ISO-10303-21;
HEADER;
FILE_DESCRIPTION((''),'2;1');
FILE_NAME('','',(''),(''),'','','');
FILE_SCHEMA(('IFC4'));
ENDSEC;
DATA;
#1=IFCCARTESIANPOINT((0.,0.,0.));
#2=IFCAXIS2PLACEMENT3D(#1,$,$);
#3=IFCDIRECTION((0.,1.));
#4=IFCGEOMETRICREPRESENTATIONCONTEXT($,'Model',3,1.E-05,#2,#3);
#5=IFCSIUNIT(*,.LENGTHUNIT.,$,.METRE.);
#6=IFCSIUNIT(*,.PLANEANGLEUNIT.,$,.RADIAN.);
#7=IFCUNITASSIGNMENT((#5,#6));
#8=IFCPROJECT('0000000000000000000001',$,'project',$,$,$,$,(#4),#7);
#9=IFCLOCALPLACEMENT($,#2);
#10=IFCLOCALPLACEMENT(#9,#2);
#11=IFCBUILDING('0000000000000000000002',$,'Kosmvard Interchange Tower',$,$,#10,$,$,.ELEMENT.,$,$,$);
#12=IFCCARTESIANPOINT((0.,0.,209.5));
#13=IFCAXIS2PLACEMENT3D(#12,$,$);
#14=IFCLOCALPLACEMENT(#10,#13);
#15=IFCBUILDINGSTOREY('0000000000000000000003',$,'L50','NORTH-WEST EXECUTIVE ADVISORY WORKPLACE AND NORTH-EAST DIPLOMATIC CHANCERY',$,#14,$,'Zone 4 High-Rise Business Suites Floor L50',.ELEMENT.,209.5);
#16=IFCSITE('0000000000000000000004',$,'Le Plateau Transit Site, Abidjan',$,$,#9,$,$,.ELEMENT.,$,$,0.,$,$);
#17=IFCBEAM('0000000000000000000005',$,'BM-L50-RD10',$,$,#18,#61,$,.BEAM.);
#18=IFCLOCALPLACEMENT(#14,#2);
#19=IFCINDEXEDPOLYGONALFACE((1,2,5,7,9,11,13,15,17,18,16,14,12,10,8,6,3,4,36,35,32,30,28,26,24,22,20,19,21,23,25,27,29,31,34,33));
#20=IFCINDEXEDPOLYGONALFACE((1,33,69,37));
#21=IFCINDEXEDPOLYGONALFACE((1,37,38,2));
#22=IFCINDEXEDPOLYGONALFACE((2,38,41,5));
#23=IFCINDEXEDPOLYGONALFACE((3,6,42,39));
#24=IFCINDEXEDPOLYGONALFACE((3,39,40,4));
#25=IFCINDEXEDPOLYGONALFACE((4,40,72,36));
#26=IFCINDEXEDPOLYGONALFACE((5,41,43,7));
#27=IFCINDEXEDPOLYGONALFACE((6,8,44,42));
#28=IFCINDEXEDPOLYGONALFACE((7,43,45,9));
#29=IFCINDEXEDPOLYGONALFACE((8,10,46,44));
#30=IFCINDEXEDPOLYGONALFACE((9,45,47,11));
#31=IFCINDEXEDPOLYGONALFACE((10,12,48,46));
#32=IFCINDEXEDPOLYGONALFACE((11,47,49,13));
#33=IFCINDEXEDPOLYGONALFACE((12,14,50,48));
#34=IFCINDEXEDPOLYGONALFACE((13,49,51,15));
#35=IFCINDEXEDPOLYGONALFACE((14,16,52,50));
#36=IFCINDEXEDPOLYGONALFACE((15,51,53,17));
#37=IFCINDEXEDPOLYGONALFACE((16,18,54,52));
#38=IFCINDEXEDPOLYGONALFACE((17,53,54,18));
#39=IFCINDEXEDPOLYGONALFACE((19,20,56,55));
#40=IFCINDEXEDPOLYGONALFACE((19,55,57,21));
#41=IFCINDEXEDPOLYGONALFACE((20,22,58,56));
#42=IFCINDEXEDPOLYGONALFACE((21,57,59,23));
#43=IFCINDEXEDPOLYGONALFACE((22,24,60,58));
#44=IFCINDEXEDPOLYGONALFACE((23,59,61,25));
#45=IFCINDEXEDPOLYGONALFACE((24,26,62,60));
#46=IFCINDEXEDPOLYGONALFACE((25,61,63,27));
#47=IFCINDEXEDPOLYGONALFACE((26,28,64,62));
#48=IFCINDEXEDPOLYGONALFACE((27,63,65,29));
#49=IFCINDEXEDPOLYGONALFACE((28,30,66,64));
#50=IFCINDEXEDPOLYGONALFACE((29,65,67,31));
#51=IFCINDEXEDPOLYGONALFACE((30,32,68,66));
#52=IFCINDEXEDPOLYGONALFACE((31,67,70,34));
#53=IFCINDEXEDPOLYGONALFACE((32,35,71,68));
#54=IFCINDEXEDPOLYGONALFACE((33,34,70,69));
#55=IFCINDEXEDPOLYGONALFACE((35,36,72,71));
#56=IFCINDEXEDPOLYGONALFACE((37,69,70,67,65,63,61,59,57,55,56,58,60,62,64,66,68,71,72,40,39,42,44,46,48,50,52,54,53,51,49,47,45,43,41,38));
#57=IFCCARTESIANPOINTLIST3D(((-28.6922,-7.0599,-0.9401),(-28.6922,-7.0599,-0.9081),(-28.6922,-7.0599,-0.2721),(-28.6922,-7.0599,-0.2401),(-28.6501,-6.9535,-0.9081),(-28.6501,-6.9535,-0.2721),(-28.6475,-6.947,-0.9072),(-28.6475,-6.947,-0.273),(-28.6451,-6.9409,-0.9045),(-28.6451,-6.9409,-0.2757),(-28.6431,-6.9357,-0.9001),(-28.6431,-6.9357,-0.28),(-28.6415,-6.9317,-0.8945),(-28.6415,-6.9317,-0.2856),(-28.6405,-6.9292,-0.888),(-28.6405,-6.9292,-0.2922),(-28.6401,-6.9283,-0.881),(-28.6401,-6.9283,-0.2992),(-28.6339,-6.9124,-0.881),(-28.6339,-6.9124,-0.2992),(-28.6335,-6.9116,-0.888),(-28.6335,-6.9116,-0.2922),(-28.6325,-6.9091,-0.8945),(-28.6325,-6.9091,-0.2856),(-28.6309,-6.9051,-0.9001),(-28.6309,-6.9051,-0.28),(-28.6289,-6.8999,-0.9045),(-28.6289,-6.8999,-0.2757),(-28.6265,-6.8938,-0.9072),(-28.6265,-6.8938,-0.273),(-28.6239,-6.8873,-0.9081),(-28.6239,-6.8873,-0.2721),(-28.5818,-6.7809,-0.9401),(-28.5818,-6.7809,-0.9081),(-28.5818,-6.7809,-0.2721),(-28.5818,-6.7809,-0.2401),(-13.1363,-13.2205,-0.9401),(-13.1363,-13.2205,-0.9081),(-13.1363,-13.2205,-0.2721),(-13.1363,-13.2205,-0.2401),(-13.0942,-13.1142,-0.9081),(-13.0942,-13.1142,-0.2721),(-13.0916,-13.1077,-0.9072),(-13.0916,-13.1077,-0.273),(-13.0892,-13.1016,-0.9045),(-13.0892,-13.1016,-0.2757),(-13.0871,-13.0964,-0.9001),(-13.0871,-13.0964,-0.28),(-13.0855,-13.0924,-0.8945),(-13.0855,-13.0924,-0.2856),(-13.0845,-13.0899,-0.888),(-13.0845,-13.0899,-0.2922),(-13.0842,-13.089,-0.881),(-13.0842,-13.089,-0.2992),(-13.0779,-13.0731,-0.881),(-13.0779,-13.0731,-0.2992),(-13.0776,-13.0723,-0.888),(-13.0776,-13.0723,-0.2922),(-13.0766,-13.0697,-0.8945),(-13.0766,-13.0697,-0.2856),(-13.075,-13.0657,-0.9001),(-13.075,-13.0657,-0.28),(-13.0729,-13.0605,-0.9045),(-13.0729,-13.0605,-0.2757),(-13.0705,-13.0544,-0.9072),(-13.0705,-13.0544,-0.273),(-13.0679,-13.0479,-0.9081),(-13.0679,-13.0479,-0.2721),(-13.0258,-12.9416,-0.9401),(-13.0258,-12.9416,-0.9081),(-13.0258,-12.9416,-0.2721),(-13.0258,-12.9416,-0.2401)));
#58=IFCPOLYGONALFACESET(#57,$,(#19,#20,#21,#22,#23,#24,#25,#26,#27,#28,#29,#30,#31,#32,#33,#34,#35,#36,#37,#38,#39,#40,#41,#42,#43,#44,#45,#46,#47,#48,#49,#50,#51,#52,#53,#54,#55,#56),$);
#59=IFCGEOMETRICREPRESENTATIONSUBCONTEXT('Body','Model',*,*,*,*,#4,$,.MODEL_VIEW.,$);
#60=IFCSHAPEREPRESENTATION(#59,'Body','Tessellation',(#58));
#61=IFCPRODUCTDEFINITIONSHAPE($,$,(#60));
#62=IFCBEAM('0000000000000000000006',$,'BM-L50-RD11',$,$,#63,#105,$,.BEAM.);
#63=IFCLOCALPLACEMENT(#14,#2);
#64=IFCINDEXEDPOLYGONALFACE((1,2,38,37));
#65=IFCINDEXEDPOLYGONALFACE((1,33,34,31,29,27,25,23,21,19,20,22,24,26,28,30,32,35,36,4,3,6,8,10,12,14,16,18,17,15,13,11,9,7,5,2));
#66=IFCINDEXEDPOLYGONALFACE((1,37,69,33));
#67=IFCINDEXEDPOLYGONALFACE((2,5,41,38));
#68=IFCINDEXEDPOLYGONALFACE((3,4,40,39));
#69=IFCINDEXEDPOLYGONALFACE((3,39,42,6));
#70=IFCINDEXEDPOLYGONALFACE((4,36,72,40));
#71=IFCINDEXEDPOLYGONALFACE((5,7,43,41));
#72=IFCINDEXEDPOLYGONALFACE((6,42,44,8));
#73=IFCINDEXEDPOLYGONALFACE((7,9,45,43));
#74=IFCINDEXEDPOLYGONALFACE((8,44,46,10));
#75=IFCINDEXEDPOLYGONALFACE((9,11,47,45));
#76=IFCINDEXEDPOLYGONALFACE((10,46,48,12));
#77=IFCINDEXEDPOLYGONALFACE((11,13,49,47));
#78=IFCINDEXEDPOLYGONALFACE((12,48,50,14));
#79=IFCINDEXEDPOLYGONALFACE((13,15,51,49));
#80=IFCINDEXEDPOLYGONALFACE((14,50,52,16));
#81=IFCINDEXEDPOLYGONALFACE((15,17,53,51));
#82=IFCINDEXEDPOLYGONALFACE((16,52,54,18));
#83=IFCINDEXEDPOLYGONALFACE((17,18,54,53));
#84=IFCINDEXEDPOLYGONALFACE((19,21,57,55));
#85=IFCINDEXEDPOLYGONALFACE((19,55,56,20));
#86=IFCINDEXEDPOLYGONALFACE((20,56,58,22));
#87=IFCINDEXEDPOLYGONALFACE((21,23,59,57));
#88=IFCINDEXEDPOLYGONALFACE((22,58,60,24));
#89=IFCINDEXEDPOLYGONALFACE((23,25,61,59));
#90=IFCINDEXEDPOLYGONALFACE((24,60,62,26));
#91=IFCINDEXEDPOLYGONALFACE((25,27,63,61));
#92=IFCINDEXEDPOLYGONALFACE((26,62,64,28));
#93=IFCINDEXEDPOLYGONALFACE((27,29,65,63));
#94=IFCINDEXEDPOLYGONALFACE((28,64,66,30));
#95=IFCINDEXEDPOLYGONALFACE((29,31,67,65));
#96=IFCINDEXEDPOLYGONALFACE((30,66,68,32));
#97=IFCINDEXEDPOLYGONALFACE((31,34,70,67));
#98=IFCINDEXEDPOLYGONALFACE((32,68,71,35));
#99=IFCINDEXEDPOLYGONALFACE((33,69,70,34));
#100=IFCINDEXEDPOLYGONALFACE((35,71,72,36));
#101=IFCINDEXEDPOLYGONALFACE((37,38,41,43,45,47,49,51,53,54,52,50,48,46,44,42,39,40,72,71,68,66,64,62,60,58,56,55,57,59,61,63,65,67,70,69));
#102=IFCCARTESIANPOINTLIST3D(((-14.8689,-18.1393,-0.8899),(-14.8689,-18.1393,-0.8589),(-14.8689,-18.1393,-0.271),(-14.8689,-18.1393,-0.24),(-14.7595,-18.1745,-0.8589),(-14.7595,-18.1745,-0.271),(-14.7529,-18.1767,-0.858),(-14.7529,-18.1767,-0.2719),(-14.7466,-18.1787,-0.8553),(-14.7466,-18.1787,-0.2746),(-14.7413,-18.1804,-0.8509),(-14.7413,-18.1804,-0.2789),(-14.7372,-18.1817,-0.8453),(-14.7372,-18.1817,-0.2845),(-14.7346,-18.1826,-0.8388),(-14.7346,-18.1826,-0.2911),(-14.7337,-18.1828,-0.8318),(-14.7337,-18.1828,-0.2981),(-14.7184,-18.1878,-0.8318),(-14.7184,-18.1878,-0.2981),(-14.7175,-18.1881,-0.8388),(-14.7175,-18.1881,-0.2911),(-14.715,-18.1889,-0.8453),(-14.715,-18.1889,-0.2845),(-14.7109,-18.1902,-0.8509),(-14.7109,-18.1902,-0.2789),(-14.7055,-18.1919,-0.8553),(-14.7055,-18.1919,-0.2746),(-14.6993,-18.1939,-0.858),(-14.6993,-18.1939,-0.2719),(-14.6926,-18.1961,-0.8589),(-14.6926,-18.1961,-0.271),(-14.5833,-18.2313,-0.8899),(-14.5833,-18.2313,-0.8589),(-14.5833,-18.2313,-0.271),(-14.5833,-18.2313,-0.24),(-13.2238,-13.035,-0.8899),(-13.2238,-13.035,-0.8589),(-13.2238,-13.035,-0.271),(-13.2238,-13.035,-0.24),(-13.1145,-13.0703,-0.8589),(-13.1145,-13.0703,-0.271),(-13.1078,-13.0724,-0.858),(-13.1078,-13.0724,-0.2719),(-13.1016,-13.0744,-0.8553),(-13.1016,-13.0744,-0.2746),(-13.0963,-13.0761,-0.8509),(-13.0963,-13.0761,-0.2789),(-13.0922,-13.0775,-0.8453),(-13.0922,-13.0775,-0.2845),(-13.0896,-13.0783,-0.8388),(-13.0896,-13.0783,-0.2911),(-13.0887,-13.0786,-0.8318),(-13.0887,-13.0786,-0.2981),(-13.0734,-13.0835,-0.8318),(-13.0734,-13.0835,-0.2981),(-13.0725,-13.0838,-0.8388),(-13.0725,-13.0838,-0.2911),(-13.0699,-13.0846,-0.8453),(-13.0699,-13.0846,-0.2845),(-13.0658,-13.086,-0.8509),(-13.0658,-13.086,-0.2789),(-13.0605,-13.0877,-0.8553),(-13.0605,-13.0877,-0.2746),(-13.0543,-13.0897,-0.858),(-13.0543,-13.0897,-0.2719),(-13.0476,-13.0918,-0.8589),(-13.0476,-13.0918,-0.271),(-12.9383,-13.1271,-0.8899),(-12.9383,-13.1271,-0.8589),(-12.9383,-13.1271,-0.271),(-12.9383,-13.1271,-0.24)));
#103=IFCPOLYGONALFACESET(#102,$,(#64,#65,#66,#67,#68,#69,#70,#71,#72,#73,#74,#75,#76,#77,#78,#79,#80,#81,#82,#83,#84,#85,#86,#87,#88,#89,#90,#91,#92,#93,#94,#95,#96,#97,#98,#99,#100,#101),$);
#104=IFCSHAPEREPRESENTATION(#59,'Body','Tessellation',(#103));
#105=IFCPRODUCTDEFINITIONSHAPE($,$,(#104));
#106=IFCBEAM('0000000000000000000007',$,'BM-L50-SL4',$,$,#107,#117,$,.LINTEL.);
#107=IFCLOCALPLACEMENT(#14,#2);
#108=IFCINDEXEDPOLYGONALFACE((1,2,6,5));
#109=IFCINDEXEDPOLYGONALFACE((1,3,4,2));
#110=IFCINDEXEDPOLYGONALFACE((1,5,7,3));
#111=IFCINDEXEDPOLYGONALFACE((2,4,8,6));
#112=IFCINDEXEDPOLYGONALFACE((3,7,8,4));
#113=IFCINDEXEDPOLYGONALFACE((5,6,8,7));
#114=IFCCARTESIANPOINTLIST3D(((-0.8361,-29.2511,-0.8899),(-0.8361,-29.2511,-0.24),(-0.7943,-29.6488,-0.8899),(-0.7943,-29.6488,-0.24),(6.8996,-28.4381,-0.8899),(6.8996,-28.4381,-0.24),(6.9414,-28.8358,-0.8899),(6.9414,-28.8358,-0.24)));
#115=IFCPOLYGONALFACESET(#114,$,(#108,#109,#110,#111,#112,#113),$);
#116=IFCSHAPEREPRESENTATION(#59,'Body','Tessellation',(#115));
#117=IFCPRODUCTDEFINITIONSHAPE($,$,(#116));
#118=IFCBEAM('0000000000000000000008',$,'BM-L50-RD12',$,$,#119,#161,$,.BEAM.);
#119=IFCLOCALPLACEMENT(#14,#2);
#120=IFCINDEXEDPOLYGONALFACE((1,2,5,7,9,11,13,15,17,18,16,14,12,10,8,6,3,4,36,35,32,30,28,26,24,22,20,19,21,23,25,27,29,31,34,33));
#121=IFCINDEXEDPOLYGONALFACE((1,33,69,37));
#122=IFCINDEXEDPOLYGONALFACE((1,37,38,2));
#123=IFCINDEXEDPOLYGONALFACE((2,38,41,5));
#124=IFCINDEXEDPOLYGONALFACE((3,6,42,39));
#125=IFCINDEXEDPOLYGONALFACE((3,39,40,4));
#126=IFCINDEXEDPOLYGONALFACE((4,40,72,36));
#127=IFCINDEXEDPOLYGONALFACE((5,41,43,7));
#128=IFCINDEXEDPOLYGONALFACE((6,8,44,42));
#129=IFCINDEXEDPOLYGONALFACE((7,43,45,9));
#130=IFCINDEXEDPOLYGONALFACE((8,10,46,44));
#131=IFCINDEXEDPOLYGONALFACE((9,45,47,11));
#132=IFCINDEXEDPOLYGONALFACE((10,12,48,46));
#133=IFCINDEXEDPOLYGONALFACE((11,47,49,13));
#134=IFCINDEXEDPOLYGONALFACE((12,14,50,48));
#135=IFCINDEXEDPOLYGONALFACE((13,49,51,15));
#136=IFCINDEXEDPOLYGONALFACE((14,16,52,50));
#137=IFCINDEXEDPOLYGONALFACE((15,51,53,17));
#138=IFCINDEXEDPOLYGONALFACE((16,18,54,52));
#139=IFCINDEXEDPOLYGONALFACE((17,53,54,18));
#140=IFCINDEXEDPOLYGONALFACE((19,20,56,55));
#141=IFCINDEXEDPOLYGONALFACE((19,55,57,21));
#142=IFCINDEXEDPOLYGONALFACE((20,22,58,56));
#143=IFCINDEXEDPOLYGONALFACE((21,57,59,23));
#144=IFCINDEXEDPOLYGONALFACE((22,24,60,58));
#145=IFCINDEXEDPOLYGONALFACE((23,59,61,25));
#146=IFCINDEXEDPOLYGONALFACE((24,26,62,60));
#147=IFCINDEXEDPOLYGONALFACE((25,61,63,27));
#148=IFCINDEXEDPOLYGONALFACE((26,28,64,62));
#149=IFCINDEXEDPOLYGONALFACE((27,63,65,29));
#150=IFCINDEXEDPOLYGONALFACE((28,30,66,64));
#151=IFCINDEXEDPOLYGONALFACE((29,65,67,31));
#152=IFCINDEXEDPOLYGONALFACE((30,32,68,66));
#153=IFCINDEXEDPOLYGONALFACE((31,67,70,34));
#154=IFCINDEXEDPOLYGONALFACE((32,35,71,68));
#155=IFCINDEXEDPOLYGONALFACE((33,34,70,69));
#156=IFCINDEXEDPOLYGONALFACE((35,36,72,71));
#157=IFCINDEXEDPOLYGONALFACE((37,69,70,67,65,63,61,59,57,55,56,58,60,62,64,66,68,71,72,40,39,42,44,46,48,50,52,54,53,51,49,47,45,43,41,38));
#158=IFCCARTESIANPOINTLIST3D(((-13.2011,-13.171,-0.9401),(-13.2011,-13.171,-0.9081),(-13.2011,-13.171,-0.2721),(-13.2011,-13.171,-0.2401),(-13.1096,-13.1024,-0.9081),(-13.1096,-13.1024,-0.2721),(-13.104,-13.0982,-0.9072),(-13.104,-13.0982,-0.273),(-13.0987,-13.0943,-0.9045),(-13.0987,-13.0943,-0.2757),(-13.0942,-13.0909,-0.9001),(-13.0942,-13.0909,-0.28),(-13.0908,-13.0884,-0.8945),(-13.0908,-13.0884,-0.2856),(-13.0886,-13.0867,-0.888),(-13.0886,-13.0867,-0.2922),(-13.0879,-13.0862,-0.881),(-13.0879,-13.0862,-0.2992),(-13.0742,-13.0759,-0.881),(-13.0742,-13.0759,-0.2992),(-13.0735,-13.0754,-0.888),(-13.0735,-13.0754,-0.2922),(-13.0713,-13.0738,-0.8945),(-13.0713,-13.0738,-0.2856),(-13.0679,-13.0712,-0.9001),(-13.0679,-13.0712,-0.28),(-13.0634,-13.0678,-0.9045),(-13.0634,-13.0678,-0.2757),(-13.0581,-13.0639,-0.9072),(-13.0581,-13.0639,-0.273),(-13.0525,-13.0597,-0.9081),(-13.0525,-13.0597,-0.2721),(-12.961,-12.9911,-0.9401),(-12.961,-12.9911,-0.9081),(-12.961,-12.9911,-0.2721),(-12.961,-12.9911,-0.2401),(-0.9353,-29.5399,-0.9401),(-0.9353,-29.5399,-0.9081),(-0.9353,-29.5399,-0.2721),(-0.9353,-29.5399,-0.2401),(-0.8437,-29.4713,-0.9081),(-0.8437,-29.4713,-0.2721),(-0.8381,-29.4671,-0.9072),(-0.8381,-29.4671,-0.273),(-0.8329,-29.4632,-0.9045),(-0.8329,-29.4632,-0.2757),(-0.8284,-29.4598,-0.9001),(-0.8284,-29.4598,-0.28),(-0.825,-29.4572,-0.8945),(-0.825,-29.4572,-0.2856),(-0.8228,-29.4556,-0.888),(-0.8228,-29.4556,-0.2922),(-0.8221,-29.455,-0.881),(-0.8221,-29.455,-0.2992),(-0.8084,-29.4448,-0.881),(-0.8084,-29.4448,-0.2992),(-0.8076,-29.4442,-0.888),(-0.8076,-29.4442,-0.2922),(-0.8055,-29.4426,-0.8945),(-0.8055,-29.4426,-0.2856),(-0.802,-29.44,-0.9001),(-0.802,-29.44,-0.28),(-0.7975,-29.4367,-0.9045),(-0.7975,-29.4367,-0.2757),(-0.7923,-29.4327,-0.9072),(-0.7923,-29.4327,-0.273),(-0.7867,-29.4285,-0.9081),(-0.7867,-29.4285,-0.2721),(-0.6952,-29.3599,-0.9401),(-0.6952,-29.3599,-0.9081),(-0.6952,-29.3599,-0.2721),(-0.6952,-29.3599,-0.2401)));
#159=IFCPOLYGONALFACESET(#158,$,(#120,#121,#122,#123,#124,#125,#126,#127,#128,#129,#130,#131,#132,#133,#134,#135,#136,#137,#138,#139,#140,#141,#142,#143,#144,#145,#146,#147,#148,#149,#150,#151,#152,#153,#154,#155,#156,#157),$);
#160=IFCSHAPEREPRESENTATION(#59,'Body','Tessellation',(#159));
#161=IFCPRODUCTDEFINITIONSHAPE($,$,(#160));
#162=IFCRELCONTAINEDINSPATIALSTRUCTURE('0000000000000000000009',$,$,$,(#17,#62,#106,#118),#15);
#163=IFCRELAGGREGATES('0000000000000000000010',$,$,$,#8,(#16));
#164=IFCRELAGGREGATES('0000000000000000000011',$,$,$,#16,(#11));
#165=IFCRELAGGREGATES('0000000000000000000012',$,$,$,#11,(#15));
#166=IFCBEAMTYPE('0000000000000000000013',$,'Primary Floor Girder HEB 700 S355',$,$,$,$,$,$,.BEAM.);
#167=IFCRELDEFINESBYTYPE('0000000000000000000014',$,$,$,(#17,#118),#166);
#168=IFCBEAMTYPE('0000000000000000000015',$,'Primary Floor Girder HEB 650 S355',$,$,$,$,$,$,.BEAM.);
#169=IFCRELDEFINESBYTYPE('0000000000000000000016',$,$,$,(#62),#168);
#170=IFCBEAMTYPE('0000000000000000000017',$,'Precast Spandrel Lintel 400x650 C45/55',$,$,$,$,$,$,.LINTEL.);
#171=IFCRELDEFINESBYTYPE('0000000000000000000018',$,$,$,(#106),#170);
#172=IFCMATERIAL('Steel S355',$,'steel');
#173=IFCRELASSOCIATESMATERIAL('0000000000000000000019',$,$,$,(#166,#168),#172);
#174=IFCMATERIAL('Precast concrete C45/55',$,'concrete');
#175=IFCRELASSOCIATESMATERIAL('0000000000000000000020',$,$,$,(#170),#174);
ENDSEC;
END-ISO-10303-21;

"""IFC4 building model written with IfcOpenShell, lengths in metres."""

from ifc_helpers import new_model, si_unit, direction, frame, origin, origin_2d, place, context, subcontext, project, spatial, rectangle, i_section, extrude, source, transform, mapped, material, material_profile, profile_set, type_object, element, save


model = new_model("IFC4")

# Units and contexts
model_context = context("Model", 3, precision=1e-05, world=origin(), true_north=direction((0.0, 1.0)))
body_context = subcontext(model_context, "Body", "Model", "MODEL_VIEW")
ifc_project = project(units=[si_unit("LENGTHUNIT", "METRE"), si_unit("PLANEANGLEUNIT", "RADIAN")], contexts=[model_context])

# Site, building, storey
site_placement = place(None, origin())
site = spatial("IfcSite", under=ifc_project, at=site_placement, Name="Le Plateau Transit Site, Abidjan", CompositionType="ELEMENT", RefElevation=0.0)
building_placement = place(site_placement, origin())
building = spatial("IfcBuilding", under=site, at=building_placement, Name="Kosmvard Interchange Tower", CompositionType="ELEMENT")
storey_placement = place(building_placement, frame((0.0, 0.0, 209.5)))
storey = spatial("IfcBuildingStorey", under=building, at=storey_placement, Name="L50", Description="NORTH-WEST EXECUTIVE ADVISORY WORKPLACE AND NORTH-EAST DIPLOMATIC CHANCERY", LongName="Zone 4 High-Rise Business Suites Floor L50", CompositionType="ELEMENT", Elevation=209.5)

# Beams
ifc_material_1 = material(Name="Steel S355", Category="steel")
ifc_material_profile_1 = material_profile(ifc_material_1, i_section(OverallWidth=0.3, OverallDepth=0.7, WebThickness=0.0171, FlangeThickness=0.032, FilletRadius=0.0271, at=origin_2d()), Name="HEB 700")
ifc_profile_set_1 = profile_set([ifc_material_profile_1], Name="Steel S355")
beam_type_1 = type_object("IfcBeamType", Name="Primary Floor Girder HEB 700 S355", PredefinedType="BEAM", material=ifc_profile_set_1)
shared_shape_1 = source(origin(), body_context, "Body", "SweptSolid", [
    extrude(i_section(OverallWidth=0.3, OverallDepth=0.7, WebThickness=0.0171, FlangeThickness=0.032, FilletRadius=0.0271, at=origin_2d()), origin(), (0.0, 0.0, 1.0), 16.7314),
])
beam_1_placement = place(storey_placement, frame((-13.0811, -13.0811, -0.5901), z_axis=(-0.929743, 0.368209, 0.0), x_axis=(-0.368209, -0.929743, 0.0)))
element("IfcBeam", 1, at=beam_1_placement, inside=storey, type_object=beam_type_1, Name="BM-L50-RD10", PredefinedType="BEAM", context=body_context, shape_type="MappedRepresentation", body=[
    mapped(shared_shape_1, transform((0.0, 0.0, 0.0), scale=1.0)),
])
ifc_material_profile_2 = material_profile(ifc_material_1, i_section(OverallWidth=0.3, OverallDepth=0.6499, WebThickness=0.0161, FlangeThickness=0.031, FilletRadius=0.0271, at=origin_2d()), Name="HEB 650")
ifc_profile_set_2 = profile_set([ifc_material_profile_2], Name="Steel S355")
beam_type_2 = type_object("IfcBeamType", Name="Primary Floor Girder HEB 650 S355", PredefinedType="BEAM", material=ifc_profile_set_2)
shared_shape_2 = source(origin(), body_context, "Body", "SweptSolid", [
    extrude(i_section(OverallWidth=0.3, OverallDepth=0.6499, WebThickness=0.0161, FlangeThickness=0.031, FilletRadius=0.0271, at=origin_2d()), origin(), (0.0, 0.0, 1.0), 5.3628),
])
beam_2_placement = place(storey_placement, frame((-13.0811, -13.0811, -0.5649), z_axis=(-0.306747, -0.951791, 0.0), x_axis=(0.951791, -0.306747, 0.0)))
element("IfcBeam", 2, at=beam_2_placement, inside=storey, type_object=beam_type_2, Name="BM-L50-RD11", PredefinedType="BEAM", context=body_context, shape_type="MappedRepresentation", body=[
    mapped(shared_shape_2, transform((0.0, 0.0, 0.0), scale=1.0)),
])
ifc_material_2 = material(Name="Precast concrete C45/55", Category="concrete")
ifc_material_profile_3 = material_profile(ifc_material_2, rectangle(XDim=0.3999, YDim=0.6499, at=origin_2d()), Name="SL 400x650")
ifc_profile_set_3 = profile_set([ifc_material_profile_3], Name="Precast concrete C45/55")
beam_type_3 = type_object("IfcBeamType", Name="Precast Spandrel Lintel 400x650 C45/55", PredefinedType="LINTEL", material=ifc_profile_set_3)
shared_shape_3 = source(origin(), body_context, "Body", "SweptSolid", [
    extrude(rectangle(XDim=0.3999, YDim=0.6499, at=origin_2d()), origin(), (0.0, 0.0, 1.0), 7.7783),
])
beam_3_placement = place(storey_placement, frame((-0.8152, -29.45, -0.5649), z_axis=(0.994523, 0.104521, 0.0), x_axis=(-0.104521, 0.994523, 0.0)))
element("IfcBeam", 3, at=beam_3_placement, inside=storey, type_object=beam_type_3, Name="BM-L50-SL4", PredefinedType="LINTEL", context=body_context, shape_type="MappedRepresentation", body=[
    mapped(shared_shape_3, transform((0.0, 0.0, 0.0), scale=1.0)),
])
shared_shape_4 = source(origin(), body_context, "Body", "SweptSolid", [
    extrude(i_section(OverallWidth=0.3, OverallDepth=0.7, WebThickness=0.0171, FlangeThickness=0.032, FilletRadius=0.0271, at=origin_2d()), origin(), (0.0, 0.0, 1.0), 20.4546),
])
beam_4_placement = place(storey_placement, frame((-13.0811, -13.0811, -0.5901), z_axis=(0.599662, -0.800253, 0.0), x_axis=(0.800253, 0.599662, 0.0)))
element("IfcBeam", 4, at=beam_4_placement, inside=storey, type_object=beam_type_1, Name="BM-L50-RD12", PredefinedType="BEAM", context=body_context, shape_type="MappedRepresentation", body=[
    mapped(shared_shape_4, transform((0.0, 0.0, 0.0), scale=1.0)),
])

save(model, "model.ifc")
